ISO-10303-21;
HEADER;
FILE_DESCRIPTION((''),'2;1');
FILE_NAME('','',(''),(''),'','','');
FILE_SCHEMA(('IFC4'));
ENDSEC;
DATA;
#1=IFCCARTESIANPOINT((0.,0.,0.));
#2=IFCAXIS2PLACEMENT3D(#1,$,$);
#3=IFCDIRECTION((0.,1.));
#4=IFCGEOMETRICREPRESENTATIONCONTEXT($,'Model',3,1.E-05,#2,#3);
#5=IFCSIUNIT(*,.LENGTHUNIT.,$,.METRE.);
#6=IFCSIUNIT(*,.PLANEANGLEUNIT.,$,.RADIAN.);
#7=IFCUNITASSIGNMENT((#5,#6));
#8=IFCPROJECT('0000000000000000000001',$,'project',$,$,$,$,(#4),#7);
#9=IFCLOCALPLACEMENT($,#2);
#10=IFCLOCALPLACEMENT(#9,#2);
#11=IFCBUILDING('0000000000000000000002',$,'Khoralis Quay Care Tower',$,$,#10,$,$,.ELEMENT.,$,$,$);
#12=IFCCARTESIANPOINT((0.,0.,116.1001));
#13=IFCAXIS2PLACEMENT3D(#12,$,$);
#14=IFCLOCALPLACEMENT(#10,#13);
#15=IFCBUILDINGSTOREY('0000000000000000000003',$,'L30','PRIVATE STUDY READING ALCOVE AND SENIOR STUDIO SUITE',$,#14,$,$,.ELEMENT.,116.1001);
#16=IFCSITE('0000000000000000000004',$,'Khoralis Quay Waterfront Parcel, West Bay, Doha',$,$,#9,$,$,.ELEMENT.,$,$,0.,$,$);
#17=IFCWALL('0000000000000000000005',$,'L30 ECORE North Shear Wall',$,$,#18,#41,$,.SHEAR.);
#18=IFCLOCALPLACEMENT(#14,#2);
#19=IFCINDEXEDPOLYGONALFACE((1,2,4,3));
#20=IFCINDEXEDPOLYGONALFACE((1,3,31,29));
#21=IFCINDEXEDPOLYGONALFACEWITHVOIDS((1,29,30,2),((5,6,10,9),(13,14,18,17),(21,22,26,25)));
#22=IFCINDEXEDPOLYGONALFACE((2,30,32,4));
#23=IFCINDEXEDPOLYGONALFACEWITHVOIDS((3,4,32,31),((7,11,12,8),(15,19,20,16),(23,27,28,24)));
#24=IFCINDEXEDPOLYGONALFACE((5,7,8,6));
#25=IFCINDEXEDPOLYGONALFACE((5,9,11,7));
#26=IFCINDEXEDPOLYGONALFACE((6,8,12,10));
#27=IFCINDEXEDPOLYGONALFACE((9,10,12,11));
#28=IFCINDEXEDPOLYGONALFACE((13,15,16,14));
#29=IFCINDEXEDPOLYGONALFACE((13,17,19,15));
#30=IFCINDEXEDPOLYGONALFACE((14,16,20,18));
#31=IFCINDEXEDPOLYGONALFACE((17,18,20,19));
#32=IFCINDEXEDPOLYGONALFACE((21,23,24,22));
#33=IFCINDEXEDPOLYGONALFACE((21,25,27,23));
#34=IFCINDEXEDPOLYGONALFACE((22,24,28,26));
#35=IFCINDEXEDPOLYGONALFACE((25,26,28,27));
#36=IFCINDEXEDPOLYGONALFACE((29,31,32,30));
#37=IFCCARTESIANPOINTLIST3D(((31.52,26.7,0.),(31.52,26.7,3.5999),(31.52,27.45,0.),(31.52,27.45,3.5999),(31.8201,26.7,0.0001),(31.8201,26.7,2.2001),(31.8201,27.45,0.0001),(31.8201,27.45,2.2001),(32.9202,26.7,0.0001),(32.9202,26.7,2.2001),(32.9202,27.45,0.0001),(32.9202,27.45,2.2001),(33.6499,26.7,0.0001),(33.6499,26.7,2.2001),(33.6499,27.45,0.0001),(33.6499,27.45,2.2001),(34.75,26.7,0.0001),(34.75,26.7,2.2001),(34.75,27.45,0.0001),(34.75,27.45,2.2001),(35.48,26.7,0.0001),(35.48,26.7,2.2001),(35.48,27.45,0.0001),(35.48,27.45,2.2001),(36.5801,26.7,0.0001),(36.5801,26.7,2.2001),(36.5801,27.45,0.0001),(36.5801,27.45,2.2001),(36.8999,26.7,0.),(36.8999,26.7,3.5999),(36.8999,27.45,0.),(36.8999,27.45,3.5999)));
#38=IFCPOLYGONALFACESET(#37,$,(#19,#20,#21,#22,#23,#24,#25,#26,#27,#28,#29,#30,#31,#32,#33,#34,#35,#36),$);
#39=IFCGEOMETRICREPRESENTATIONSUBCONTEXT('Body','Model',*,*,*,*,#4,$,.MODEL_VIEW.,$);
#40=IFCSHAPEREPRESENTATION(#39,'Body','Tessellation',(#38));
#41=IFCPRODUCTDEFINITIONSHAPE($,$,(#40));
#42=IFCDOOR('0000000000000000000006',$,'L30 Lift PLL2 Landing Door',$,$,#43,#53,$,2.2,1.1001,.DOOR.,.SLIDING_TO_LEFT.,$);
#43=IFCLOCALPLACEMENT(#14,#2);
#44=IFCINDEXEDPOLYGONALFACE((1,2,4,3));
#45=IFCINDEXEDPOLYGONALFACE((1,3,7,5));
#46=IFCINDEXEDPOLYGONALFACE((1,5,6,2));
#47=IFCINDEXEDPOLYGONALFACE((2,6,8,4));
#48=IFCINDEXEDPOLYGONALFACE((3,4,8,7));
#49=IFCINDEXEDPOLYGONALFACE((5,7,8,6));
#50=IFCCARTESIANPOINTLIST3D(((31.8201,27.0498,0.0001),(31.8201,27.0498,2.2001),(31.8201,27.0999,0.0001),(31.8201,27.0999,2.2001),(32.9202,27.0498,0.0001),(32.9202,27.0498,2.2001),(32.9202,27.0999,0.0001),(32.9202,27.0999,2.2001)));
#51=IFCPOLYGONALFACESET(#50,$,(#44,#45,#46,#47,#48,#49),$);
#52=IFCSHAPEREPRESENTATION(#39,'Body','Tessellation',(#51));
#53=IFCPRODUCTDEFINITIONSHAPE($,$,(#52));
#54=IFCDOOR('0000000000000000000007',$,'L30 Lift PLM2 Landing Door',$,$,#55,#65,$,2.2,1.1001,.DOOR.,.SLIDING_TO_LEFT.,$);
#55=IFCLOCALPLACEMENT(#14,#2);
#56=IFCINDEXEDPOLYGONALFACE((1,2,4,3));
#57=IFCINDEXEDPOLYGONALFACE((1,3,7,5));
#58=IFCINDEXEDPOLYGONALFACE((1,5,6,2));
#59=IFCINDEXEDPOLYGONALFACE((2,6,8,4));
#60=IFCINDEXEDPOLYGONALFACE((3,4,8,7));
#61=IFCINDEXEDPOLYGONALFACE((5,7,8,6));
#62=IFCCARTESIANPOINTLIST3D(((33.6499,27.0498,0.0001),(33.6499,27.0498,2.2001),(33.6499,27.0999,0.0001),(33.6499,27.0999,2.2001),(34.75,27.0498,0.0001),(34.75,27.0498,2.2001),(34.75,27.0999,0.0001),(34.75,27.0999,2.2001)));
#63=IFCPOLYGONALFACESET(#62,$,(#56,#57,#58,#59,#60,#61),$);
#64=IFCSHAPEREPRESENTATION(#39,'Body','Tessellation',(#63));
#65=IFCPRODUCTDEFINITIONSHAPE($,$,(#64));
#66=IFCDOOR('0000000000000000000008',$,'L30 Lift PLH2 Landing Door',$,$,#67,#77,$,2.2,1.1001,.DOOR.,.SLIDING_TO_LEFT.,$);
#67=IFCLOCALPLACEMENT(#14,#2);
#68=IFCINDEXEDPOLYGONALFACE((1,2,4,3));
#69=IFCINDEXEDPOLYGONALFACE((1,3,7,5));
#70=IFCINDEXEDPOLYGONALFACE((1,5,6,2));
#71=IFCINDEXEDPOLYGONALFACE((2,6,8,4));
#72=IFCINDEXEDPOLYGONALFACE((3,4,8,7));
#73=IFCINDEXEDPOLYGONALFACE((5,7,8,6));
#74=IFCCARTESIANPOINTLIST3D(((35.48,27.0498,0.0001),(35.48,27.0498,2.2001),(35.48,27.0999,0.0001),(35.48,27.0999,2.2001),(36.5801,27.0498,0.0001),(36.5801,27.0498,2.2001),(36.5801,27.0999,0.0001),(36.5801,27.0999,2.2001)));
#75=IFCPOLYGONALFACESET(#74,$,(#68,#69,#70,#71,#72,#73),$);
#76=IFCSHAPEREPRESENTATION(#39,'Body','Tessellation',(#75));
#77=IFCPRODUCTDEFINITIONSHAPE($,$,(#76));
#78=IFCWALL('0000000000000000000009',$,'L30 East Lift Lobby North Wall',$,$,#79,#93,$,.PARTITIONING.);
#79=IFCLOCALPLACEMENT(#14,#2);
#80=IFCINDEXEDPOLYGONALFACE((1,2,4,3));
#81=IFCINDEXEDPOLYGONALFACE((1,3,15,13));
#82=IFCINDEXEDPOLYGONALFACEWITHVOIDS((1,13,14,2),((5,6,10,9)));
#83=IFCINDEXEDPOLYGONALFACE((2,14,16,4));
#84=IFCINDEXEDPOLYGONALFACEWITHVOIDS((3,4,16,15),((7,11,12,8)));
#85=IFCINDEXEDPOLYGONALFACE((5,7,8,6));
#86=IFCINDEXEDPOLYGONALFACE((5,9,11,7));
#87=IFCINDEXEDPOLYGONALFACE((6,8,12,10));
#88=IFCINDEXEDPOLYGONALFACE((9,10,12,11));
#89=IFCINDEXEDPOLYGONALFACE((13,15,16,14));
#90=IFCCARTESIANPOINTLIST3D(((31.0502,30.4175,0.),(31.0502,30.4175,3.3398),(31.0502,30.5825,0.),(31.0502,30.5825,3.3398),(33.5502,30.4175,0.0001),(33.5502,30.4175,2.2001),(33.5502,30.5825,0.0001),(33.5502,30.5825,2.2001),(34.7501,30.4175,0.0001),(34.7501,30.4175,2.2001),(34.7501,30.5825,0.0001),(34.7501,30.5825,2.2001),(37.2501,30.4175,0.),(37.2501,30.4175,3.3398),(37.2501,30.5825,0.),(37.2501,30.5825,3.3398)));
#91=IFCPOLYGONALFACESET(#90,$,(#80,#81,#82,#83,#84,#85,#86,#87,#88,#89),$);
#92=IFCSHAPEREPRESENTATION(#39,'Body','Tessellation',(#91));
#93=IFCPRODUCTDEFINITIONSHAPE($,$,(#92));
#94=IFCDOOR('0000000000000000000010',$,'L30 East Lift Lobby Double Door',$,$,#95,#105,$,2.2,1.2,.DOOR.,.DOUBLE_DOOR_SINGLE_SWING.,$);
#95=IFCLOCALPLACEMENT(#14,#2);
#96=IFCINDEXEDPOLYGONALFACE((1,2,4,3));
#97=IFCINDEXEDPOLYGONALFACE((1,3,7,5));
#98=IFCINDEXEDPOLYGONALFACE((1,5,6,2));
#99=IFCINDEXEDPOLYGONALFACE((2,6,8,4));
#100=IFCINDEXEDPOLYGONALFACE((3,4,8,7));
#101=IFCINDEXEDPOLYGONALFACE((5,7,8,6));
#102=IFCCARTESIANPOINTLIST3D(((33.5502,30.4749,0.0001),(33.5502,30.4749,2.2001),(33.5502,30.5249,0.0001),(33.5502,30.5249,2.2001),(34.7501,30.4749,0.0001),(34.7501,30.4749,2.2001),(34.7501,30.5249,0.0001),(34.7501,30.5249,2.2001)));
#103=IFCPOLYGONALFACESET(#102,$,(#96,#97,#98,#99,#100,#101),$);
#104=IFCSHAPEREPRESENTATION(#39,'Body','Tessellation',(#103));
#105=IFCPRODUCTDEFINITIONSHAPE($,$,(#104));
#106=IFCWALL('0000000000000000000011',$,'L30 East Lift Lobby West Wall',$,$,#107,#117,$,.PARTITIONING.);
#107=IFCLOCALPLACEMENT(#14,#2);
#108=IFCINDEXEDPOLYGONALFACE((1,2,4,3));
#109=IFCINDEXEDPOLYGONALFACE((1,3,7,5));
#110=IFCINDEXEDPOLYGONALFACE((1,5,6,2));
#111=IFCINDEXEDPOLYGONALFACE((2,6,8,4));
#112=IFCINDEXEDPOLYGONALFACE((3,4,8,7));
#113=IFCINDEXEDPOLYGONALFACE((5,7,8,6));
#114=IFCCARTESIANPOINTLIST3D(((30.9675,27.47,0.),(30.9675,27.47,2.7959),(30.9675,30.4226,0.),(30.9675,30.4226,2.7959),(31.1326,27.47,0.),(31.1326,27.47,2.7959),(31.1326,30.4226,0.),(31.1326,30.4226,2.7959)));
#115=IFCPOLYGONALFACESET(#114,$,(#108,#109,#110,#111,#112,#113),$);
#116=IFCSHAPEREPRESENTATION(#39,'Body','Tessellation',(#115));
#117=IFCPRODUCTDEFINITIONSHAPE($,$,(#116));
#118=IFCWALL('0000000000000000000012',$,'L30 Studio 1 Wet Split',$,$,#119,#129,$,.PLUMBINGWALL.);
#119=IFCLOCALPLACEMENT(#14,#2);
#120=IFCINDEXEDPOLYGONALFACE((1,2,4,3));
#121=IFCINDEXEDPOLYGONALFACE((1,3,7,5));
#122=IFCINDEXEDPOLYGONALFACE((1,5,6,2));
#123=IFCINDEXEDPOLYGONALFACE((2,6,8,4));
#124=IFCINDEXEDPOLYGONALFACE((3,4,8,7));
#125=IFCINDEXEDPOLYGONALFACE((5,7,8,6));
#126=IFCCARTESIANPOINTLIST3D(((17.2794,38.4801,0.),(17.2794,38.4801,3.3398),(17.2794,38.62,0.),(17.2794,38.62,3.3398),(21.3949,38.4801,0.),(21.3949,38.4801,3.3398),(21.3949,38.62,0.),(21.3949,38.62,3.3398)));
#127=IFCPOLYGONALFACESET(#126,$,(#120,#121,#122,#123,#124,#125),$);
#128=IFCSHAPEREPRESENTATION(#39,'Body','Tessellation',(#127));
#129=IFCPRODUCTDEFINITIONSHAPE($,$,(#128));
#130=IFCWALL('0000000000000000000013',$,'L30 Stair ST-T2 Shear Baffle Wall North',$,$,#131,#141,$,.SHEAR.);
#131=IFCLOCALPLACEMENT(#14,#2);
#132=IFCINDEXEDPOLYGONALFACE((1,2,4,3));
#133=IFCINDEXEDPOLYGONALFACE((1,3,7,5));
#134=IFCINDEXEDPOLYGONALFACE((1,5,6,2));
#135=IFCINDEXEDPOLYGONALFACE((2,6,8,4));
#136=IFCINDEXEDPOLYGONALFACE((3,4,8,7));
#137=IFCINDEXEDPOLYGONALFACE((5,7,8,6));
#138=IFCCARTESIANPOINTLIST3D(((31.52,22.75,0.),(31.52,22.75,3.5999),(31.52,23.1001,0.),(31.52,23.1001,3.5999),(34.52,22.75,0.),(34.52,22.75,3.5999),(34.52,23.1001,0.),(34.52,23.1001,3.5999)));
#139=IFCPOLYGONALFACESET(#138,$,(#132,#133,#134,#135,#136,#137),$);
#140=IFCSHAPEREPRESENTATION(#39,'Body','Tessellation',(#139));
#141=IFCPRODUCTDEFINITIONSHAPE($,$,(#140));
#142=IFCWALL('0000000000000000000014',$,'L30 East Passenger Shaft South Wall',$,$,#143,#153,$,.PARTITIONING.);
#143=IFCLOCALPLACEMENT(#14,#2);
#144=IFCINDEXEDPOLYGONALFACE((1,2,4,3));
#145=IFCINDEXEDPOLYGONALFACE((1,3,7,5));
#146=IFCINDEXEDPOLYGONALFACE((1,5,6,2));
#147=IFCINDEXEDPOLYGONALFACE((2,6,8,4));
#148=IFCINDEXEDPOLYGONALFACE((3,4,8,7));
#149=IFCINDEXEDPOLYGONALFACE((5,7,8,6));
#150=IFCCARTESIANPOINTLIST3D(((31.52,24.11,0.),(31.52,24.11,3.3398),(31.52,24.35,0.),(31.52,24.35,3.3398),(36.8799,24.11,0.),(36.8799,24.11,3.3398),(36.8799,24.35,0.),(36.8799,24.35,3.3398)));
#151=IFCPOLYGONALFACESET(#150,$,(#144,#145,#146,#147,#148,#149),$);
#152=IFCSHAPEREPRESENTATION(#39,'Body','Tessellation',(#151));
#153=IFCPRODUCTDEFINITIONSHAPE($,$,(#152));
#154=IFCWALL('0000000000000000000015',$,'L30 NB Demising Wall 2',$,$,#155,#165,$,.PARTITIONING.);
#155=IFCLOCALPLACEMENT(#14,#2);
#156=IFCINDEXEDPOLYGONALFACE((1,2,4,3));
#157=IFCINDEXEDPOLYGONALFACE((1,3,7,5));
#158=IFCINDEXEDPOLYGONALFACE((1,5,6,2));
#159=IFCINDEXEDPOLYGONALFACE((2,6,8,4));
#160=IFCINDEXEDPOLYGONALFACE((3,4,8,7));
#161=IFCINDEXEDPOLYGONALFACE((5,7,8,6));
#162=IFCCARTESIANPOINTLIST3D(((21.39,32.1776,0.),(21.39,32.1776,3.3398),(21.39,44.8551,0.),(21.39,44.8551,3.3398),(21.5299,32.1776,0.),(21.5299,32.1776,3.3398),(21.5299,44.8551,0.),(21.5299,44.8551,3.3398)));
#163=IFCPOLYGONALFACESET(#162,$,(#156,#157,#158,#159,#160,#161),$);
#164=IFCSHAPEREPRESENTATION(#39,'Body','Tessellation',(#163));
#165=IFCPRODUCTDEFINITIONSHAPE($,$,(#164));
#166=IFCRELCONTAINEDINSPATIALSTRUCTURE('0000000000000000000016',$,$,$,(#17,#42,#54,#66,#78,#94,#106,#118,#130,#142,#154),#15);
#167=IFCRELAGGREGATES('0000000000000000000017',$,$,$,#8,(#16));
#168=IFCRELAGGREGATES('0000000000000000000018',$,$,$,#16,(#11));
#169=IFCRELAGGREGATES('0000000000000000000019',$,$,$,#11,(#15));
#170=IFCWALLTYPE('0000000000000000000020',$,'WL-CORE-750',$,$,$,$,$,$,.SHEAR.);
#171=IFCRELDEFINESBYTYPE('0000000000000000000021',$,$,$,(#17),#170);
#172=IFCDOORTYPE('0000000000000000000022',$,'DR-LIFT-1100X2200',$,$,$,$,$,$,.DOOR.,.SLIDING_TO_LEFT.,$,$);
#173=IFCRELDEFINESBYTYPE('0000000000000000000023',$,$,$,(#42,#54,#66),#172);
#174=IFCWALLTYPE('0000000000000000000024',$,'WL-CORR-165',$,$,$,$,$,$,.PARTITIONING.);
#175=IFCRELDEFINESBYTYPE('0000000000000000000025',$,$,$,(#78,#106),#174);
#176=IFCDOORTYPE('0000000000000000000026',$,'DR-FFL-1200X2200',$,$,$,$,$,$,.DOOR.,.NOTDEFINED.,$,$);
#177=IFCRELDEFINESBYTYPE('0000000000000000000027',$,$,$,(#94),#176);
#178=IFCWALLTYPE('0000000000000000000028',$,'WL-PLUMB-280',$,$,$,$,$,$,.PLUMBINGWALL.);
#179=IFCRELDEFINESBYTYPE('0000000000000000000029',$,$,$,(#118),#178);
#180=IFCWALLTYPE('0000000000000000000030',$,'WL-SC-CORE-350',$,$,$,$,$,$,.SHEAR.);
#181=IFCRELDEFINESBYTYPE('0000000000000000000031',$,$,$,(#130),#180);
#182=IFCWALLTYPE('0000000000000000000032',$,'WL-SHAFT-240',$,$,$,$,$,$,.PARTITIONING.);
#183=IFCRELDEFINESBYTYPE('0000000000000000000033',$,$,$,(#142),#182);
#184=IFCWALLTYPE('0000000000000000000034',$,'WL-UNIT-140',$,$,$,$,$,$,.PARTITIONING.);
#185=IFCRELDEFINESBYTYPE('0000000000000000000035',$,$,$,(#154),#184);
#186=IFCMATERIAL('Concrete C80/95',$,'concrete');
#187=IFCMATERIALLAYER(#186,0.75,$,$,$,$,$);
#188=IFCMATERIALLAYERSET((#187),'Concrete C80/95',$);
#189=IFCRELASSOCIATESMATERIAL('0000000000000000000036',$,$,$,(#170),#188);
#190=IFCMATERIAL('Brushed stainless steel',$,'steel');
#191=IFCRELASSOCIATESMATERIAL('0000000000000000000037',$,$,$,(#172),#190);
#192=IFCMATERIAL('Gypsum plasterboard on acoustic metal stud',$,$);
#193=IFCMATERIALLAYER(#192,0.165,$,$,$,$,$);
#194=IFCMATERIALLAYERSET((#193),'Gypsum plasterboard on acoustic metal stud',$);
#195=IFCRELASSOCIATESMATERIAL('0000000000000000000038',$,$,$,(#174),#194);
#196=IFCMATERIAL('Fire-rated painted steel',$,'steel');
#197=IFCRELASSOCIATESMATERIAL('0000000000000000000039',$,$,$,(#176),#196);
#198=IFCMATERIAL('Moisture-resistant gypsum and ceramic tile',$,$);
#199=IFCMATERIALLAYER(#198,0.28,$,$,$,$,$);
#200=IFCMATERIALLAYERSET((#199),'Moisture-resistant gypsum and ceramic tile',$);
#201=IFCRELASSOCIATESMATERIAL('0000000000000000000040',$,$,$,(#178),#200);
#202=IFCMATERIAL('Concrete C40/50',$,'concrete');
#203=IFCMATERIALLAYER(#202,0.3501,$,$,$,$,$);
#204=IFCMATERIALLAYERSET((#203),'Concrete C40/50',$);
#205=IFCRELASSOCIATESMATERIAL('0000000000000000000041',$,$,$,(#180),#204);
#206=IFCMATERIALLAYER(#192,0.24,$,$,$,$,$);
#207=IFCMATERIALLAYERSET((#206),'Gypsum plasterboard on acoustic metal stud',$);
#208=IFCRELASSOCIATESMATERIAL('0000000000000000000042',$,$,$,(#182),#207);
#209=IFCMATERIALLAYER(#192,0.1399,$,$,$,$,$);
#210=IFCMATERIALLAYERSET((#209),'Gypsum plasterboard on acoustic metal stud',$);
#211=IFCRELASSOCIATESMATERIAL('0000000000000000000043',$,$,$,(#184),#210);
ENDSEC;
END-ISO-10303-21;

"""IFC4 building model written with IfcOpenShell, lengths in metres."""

from ifc_helpers import new_model, si_unit, direction, frame, frame_2d, origin, place, context, subcontext, project, spatial, rectangle, extrude, source, transform, mapped, material, layer, layer_set, type_object, element, fill, save


model = new_model("IFC4")

# Units and contexts
model_context = context("Model", 3, precision=1e-05, world=origin(), true_north=direction((0.0, 1.0)))
body_context = subcontext(model_context, "Body", "Model", "MODEL_VIEW")
ifc_project = project(units=[si_unit("LENGTHUNIT", "METRE"), si_unit("PLANEANGLEUNIT", "RADIAN")], contexts=[model_context])

# Site, building, storey
site_placement = place(None, origin())
site = spatial("IfcSite", under=ifc_project, at=site_placement, Name="Khoralis Quay Waterfront Parcel, West Bay, Doha", CompositionType="ELEMENT", RefElevation=0.0)
building_placement = place(site_placement, origin())
building = spatial("IfcBuilding", under=site, at=building_placement, Name="Khoralis Quay Care Tower", CompositionType="ELEMENT")
storey_placement = place(building_placement, frame((0.0, 0.0, 116.1001)))
storey = spatial("IfcBuildingStorey", under=building, at=storey_placement, Name="L30", Description="PRIVATE STUDY READING ALCOVE AND SENIOR STUDIO SUITE", CompositionType="ELEMENT", Elevation=116.1001)

# Wall, openings, doors
ifc_material_1 = material(Name="Concrete C80/95", Category="concrete")
ifc_layer_1 = layer(ifc_material_1, 0.75)
ifc_layer_set_1 = layer_set([ifc_layer_1], Name="Concrete C80/95")
wall_type_1 = type_object("IfcWallType", Name="WL-CORE-750", PredefinedType="SHEAR", material=ifc_layer_set_1)
wall_1_placement = place(storey_placement, frame((31.52, 27.075, 0.0), z_axis=(0.0, 0.0, 1.0), x_axis=(1.0, 0.0, 0.0)))
wall_1 = element("IfcWall", 1, at=wall_1_placement, inside=storey, type_object=wall_type_1, Name="L30 ECORE North Shear Wall", PredefinedType="SHEAR", context=body_context, shape_type="SweptSolid", body=[
    extrude(rectangle(XDim=5.3799, YDim=0.75, at=frame_2d((2.6899, 0.0))), origin(), (0.0, 0.0, 1.0), 3.5999),
])
opening_1_placement = place(wall_1_placement, frame((0.3, 0.0, 0.0)))
opening_1 = element("IfcOpeningElement", 2, at=opening_1_placement, cuts=wall_1, PredefinedType="OPENING", context=body_context, shape_type="SweptSolid", body=[
    extrude(rectangle(XDim=1.1001, YDim=2.2, at=frame_2d((0.55, 1.1001))), frame((0.0, 0.385, 0.0), z_axis=(0.0, -1.0, 0.0), x_axis=(1.0, 0.0, 0.0)), (0.0, 0.0, 1.0), 0.77),
])
opening_2_placement = place(wall_1_placement, frame((2.1299, 0.0, 0.0)))
opening_2 = element("IfcOpeningElement", 3, at=opening_2_placement, cuts=wall_1, PredefinedType="OPENING", context=body_context, shape_type="SweptSolid", body=[
    extrude(rectangle(XDim=1.1001, YDim=2.2, at=frame_2d((0.55, 1.1001))), frame((0.0, 0.385, 0.0), z_axis=(0.0, -1.0, 0.0), x_axis=(1.0, 0.0, 0.0)), (0.0, 0.0, 1.0), 0.77),
])
opening_3_placement = place(wall_1_placement, frame((3.96, 0.0, 0.0)))
opening_3 = element("IfcOpeningElement", 4, at=opening_3_placement, cuts=wall_1, PredefinedType="OPENING", context=body_context, shape_type="SweptSolid", body=[
    extrude(rectangle(XDim=1.1001, YDim=2.2, at=frame_2d((0.55, 1.1001))), frame((0.0, 0.385, 0.0), z_axis=(0.0, -1.0, 0.0), x_axis=(1.0, 0.0, 0.0)), (0.0, 0.0, 1.0), 0.77),
])
ifc_material_2 = material(Name="Brushed stainless steel", Category="steel")
door_type_1 = type_object("IfcDoorType", Name="DR-LIFT-1100X2200", OperationType="SLIDING_TO_LEFT", PredefinedType="DOOR", material=ifc_material_2)
shared_shape_1 = source(origin(), body_context, "Body", "SweptSolid", [
    extrude(rectangle(XDim=1.1001, YDim=2.2, at=frame_2d((0.55, 1.1001))), frame((0.0, 0.0249, 0.0), z_axis=(0.0, -1.0, 0.0), x_axis=(1.0, 0.0, 0.0)), (0.0, 0.0, 1.0), 0.05),
])
door_1_placement = place(opening_1_placement, origin())
door_1 = element("IfcDoor", 5, at=door_1_placement, inside=storey, type_object=door_type_1, Name="L30 Lift PLL2 Landing Door", OperationType="SLIDING_TO_LEFT", OverallHeight=2.2, OverallWidth=1.1001, PredefinedType="DOOR", context=body_context, shape_type="MappedRepresentation", body=[
    mapped(shared_shape_1, transform((0.0, 0.0, 0.0), scale=1.0)),
])
fill(opening_1, door_1)
door_2_placement = place(opening_2_placement, origin())
door_2 = element("IfcDoor", 6, at=door_2_placement, inside=storey, type_object=door_type_1, Name="L30 Lift PLM2 Landing Door", OperationType="SLIDING_TO_LEFT", OverallHeight=2.2, OverallWidth=1.1001, PredefinedType="DOOR", context=body_context, shape_type="MappedRepresentation", body=[
    mapped(shared_shape_1, transform((0.0, 0.0, 0.0), scale=1.0)),
])
fill(opening_2, door_2)
door_3_placement = place(opening_3_placement, origin())
door_3 = element("IfcDoor", 7, at=door_3_placement, inside=storey, type_object=door_type_1, Name="L30 Lift PLH2 Landing Door", OperationType="SLIDING_TO_LEFT", OverallHeight=2.2, OverallWidth=1.1001, PredefinedType="DOOR", context=body_context, shape_type="MappedRepresentation", body=[
    mapped(shared_shape_1, transform((0.0, 0.0, 0.0), scale=1.0)),
])
fill(opening_3, door_3)

# Wall, opening, door
ifc_material_3 = material(Name="Gypsum plasterboard on acoustic metal stud")
ifc_layer_2 = layer(ifc_material_3, 0.165)
ifc_layer_set_2 = layer_set([ifc_layer_2], Name="Gypsum plasterboard on acoustic metal stud")
wall_type_2 = type_object("IfcWallType", Name="WL-CORR-165", PredefinedType="PARTITIONING", material=ifc_layer_set_2)
wall_2_placement = place(storey_placement, frame((31.05, 30.5, 0.0), z_axis=(0.0, 0.0, 1.0), x_axis=(1.0, 0.0, 0.0)))
wall_2 = element("IfcWall", 8, at=wall_2_placement, inside=storey, type_object=wall_type_2, Name="L30 East Lift Lobby North Wall", PredefinedType="PARTITIONING", context=body_context, shape_type="SweptSolid", body=[
    extrude(rectangle(XDim=6.2, YDim=0.165, at=frame_2d((3.1001, 0.0))), origin(), (0.0, 0.0, 1.0), 3.3398),
])
opening_4_placement = place(wall_2_placement, frame((2.5, 0.0, 0.0)))
opening_4 = element("IfcOpeningElement", 9, at=opening_4_placement, cuts=wall_2, PredefinedType="OPENING", context=body_context, shape_type="SweptSolid", body=[
    extrude(rectangle(XDim=1.2, YDim=2.2, at=frame_2d((0.6001, 1.1001))), frame((0.0, 0.0925, 0.0), z_axis=(0.0, -1.0, 0.0), x_axis=(1.0, 0.0, 0.0)), (0.0, 0.0, 1.0), 0.1851),
])
ifc_material_4 = material(Name="Fire-rated painted steel", Category="steel")
door_type_2 = type_object("IfcDoorType", Name="DR-FFL-1200X2200", OperationType="NOTDEFINED", PredefinedType="DOOR", material=ifc_material_4)
shared_shape_2 = source(origin(), body_context, "Body", "SweptSolid", [
    extrude(rectangle(XDim=1.2, YDim=2.2, at=frame_2d((0.6001, 1.1001))), frame((0.0, 0.0249, 0.0), z_axis=(0.0, -1.0, 0.0), x_axis=(1.0, 0.0, 0.0)), (0.0, 0.0, 1.0), 0.05),
])
door_4_placement = place(opening_4_placement, origin())
door_4 = element("IfcDoor", 10, at=door_4_placement, inside=storey, type_object=door_type_2, Name="L30 East Lift Lobby Double Door", OperationType="DOUBLE_DOOR_SINGLE_SWING", OverallHeight=2.2, OverallWidth=1.2, PredefinedType="DOOR", context=body_context, shape_type="MappedRepresentation", body=[
    mapped(shared_shape_2, transform((0.0, 0.0, 0.0), scale=1.0)),
])
fill(opening_4, door_4)

# Walls
wall_3_placement = place(storey_placement, frame((31.05, 27.47, 0.0), z_axis=(0.0, 0.0, 1.0), x_axis=(0.0, 1.0, 0.0)))
element("IfcWall", 11, at=wall_3_placement, inside=storey, type_object=wall_type_2, Name="L30 East Lift Lobby West Wall", PredefinedType="PARTITIONING", context=body_context, shape_type="SweptSolid", body=[
    extrude(rectangle(XDim=2.9526, YDim=0.165, at=frame_2d((1.4763, 0.0))), origin(), (0.0, 0.0, 1.0), 2.7959),
])
ifc_material_5 = material(Name="Moisture-resistant gypsum and ceramic tile")
ifc_layer_3 = layer(ifc_material_5, 0.28)
ifc_layer_set_3 = layer_set([ifc_layer_3], Name="Moisture-resistant gypsum and ceramic tile")
wall_type_3 = type_object("IfcWallType", Name="WL-PLUMB-280", PredefinedType="PLUMBINGWALL", material=ifc_layer_set_3)
wall_4_placement = place(storey_placement, frame((17.2795, 38.55, 0.0), z_axis=(0.0, 0.0, 1.0), x_axis=(1.0, 0.0, 0.0)))
element("IfcWall", 12, at=wall_4_placement, inside=storey, type_object=wall_type_3, Name="L30 Studio 1 Wet Split", PredefinedType="PLUMBINGWALL", context=body_context, shape_type="SweptSolid", body=[
    extrude(rectangle(XDim=4.1155, YDim=0.1399, at=frame_2d((2.0576, 0.0))), origin(), (0.0, 0.0, 1.0), 3.3398),
])
ifc_material_6 = material(Name="Concrete C40/50", Category="concrete")
ifc_layer_4 = layer(ifc_material_6, 0.3501)
ifc_layer_set_4 = layer_set([ifc_layer_4], Name="Concrete C40/50")
wall_type_4 = type_object("IfcWallType", Name="WL-SC-CORE-350", PredefinedType="SHEAR", material=ifc_layer_set_4)
wall_5_placement = place(storey_placement, frame((31.52, 22.925, 0.0), z_axis=(0.0, 0.0, 1.0), x_axis=(1.0, 0.0, 0.0)))
element("IfcWall", 13, at=wall_5_placement, inside=storey, type_object=wall_type_4, Name="L30 Stair ST-T2 Shear Baffle Wall North", PredefinedType="SHEAR", context=body_context, shape_type="SweptSolid", body=[
    extrude(rectangle(XDim=3.0, YDim=0.3501, at=frame_2d((1.5, 0.0))), origin(), (0.0, 0.0, 1.0), 3.5999),
])
ifc_layer_5 = layer(ifc_material_3, 0.24)
ifc_layer_set_5 = layer_set([ifc_layer_5], Name="Gypsum plasterboard on acoustic metal stud")
wall_type_5 = type_object("IfcWallType", Name="WL-SHAFT-240", PredefinedType="PARTITIONING", material=ifc_layer_set_5)
wall_6_placement = place(storey_placement, frame((31.52, 24.23, 0.0), z_axis=(0.0, 0.0, 1.0), x_axis=(1.0, 0.0, 0.0)))
element("IfcWall", 14, at=wall_6_placement, inside=storey, type_object=wall_type_5, Name="L30 East Passenger Shaft South Wall", PredefinedType="PARTITIONING", context=body_context, shape_type="SweptSolid", body=[
    extrude(rectangle(XDim=5.3599, YDim=0.24, at=frame_2d((2.6799, 0.0))), origin(), (0.0, 0.0, 1.0), 3.3398),
])
ifc_layer_6 = layer(ifc_material_3, 0.1399)
ifc_layer_set_6 = layer_set([ifc_layer_6], Name="Gypsum plasterboard on acoustic metal stud")
wall_type_6 = type_object("IfcWallType", Name="WL-UNIT-140", PredefinedType="PARTITIONING", material=ifc_layer_set_6)
for number, where, z_axis, x_axis, name in (
    (15, (21.46, 32.1775, 0.0), (0.0, 0.0, 1.0), (0.0, 1.0, 0.0), "L30 NB Demising Wall 2"),
):
    element("IfcWall", number, at=place(storey_placement, frame(where, z_axis=z_axis, x_axis=x_axis)), inside=storey, type_object=wall_type_6, Name=name, PredefinedType="PARTITIONING", context=body_context, shape_type="SweptSolid", body=[
        extrude(rectangle(XDim=12.6775, YDim=0.1399, at=frame_2d((6.3389, 0.0))), origin(), (0.0, 0.0, 1.0), 3.3398),
    ])

save(model, "model.ifc")
